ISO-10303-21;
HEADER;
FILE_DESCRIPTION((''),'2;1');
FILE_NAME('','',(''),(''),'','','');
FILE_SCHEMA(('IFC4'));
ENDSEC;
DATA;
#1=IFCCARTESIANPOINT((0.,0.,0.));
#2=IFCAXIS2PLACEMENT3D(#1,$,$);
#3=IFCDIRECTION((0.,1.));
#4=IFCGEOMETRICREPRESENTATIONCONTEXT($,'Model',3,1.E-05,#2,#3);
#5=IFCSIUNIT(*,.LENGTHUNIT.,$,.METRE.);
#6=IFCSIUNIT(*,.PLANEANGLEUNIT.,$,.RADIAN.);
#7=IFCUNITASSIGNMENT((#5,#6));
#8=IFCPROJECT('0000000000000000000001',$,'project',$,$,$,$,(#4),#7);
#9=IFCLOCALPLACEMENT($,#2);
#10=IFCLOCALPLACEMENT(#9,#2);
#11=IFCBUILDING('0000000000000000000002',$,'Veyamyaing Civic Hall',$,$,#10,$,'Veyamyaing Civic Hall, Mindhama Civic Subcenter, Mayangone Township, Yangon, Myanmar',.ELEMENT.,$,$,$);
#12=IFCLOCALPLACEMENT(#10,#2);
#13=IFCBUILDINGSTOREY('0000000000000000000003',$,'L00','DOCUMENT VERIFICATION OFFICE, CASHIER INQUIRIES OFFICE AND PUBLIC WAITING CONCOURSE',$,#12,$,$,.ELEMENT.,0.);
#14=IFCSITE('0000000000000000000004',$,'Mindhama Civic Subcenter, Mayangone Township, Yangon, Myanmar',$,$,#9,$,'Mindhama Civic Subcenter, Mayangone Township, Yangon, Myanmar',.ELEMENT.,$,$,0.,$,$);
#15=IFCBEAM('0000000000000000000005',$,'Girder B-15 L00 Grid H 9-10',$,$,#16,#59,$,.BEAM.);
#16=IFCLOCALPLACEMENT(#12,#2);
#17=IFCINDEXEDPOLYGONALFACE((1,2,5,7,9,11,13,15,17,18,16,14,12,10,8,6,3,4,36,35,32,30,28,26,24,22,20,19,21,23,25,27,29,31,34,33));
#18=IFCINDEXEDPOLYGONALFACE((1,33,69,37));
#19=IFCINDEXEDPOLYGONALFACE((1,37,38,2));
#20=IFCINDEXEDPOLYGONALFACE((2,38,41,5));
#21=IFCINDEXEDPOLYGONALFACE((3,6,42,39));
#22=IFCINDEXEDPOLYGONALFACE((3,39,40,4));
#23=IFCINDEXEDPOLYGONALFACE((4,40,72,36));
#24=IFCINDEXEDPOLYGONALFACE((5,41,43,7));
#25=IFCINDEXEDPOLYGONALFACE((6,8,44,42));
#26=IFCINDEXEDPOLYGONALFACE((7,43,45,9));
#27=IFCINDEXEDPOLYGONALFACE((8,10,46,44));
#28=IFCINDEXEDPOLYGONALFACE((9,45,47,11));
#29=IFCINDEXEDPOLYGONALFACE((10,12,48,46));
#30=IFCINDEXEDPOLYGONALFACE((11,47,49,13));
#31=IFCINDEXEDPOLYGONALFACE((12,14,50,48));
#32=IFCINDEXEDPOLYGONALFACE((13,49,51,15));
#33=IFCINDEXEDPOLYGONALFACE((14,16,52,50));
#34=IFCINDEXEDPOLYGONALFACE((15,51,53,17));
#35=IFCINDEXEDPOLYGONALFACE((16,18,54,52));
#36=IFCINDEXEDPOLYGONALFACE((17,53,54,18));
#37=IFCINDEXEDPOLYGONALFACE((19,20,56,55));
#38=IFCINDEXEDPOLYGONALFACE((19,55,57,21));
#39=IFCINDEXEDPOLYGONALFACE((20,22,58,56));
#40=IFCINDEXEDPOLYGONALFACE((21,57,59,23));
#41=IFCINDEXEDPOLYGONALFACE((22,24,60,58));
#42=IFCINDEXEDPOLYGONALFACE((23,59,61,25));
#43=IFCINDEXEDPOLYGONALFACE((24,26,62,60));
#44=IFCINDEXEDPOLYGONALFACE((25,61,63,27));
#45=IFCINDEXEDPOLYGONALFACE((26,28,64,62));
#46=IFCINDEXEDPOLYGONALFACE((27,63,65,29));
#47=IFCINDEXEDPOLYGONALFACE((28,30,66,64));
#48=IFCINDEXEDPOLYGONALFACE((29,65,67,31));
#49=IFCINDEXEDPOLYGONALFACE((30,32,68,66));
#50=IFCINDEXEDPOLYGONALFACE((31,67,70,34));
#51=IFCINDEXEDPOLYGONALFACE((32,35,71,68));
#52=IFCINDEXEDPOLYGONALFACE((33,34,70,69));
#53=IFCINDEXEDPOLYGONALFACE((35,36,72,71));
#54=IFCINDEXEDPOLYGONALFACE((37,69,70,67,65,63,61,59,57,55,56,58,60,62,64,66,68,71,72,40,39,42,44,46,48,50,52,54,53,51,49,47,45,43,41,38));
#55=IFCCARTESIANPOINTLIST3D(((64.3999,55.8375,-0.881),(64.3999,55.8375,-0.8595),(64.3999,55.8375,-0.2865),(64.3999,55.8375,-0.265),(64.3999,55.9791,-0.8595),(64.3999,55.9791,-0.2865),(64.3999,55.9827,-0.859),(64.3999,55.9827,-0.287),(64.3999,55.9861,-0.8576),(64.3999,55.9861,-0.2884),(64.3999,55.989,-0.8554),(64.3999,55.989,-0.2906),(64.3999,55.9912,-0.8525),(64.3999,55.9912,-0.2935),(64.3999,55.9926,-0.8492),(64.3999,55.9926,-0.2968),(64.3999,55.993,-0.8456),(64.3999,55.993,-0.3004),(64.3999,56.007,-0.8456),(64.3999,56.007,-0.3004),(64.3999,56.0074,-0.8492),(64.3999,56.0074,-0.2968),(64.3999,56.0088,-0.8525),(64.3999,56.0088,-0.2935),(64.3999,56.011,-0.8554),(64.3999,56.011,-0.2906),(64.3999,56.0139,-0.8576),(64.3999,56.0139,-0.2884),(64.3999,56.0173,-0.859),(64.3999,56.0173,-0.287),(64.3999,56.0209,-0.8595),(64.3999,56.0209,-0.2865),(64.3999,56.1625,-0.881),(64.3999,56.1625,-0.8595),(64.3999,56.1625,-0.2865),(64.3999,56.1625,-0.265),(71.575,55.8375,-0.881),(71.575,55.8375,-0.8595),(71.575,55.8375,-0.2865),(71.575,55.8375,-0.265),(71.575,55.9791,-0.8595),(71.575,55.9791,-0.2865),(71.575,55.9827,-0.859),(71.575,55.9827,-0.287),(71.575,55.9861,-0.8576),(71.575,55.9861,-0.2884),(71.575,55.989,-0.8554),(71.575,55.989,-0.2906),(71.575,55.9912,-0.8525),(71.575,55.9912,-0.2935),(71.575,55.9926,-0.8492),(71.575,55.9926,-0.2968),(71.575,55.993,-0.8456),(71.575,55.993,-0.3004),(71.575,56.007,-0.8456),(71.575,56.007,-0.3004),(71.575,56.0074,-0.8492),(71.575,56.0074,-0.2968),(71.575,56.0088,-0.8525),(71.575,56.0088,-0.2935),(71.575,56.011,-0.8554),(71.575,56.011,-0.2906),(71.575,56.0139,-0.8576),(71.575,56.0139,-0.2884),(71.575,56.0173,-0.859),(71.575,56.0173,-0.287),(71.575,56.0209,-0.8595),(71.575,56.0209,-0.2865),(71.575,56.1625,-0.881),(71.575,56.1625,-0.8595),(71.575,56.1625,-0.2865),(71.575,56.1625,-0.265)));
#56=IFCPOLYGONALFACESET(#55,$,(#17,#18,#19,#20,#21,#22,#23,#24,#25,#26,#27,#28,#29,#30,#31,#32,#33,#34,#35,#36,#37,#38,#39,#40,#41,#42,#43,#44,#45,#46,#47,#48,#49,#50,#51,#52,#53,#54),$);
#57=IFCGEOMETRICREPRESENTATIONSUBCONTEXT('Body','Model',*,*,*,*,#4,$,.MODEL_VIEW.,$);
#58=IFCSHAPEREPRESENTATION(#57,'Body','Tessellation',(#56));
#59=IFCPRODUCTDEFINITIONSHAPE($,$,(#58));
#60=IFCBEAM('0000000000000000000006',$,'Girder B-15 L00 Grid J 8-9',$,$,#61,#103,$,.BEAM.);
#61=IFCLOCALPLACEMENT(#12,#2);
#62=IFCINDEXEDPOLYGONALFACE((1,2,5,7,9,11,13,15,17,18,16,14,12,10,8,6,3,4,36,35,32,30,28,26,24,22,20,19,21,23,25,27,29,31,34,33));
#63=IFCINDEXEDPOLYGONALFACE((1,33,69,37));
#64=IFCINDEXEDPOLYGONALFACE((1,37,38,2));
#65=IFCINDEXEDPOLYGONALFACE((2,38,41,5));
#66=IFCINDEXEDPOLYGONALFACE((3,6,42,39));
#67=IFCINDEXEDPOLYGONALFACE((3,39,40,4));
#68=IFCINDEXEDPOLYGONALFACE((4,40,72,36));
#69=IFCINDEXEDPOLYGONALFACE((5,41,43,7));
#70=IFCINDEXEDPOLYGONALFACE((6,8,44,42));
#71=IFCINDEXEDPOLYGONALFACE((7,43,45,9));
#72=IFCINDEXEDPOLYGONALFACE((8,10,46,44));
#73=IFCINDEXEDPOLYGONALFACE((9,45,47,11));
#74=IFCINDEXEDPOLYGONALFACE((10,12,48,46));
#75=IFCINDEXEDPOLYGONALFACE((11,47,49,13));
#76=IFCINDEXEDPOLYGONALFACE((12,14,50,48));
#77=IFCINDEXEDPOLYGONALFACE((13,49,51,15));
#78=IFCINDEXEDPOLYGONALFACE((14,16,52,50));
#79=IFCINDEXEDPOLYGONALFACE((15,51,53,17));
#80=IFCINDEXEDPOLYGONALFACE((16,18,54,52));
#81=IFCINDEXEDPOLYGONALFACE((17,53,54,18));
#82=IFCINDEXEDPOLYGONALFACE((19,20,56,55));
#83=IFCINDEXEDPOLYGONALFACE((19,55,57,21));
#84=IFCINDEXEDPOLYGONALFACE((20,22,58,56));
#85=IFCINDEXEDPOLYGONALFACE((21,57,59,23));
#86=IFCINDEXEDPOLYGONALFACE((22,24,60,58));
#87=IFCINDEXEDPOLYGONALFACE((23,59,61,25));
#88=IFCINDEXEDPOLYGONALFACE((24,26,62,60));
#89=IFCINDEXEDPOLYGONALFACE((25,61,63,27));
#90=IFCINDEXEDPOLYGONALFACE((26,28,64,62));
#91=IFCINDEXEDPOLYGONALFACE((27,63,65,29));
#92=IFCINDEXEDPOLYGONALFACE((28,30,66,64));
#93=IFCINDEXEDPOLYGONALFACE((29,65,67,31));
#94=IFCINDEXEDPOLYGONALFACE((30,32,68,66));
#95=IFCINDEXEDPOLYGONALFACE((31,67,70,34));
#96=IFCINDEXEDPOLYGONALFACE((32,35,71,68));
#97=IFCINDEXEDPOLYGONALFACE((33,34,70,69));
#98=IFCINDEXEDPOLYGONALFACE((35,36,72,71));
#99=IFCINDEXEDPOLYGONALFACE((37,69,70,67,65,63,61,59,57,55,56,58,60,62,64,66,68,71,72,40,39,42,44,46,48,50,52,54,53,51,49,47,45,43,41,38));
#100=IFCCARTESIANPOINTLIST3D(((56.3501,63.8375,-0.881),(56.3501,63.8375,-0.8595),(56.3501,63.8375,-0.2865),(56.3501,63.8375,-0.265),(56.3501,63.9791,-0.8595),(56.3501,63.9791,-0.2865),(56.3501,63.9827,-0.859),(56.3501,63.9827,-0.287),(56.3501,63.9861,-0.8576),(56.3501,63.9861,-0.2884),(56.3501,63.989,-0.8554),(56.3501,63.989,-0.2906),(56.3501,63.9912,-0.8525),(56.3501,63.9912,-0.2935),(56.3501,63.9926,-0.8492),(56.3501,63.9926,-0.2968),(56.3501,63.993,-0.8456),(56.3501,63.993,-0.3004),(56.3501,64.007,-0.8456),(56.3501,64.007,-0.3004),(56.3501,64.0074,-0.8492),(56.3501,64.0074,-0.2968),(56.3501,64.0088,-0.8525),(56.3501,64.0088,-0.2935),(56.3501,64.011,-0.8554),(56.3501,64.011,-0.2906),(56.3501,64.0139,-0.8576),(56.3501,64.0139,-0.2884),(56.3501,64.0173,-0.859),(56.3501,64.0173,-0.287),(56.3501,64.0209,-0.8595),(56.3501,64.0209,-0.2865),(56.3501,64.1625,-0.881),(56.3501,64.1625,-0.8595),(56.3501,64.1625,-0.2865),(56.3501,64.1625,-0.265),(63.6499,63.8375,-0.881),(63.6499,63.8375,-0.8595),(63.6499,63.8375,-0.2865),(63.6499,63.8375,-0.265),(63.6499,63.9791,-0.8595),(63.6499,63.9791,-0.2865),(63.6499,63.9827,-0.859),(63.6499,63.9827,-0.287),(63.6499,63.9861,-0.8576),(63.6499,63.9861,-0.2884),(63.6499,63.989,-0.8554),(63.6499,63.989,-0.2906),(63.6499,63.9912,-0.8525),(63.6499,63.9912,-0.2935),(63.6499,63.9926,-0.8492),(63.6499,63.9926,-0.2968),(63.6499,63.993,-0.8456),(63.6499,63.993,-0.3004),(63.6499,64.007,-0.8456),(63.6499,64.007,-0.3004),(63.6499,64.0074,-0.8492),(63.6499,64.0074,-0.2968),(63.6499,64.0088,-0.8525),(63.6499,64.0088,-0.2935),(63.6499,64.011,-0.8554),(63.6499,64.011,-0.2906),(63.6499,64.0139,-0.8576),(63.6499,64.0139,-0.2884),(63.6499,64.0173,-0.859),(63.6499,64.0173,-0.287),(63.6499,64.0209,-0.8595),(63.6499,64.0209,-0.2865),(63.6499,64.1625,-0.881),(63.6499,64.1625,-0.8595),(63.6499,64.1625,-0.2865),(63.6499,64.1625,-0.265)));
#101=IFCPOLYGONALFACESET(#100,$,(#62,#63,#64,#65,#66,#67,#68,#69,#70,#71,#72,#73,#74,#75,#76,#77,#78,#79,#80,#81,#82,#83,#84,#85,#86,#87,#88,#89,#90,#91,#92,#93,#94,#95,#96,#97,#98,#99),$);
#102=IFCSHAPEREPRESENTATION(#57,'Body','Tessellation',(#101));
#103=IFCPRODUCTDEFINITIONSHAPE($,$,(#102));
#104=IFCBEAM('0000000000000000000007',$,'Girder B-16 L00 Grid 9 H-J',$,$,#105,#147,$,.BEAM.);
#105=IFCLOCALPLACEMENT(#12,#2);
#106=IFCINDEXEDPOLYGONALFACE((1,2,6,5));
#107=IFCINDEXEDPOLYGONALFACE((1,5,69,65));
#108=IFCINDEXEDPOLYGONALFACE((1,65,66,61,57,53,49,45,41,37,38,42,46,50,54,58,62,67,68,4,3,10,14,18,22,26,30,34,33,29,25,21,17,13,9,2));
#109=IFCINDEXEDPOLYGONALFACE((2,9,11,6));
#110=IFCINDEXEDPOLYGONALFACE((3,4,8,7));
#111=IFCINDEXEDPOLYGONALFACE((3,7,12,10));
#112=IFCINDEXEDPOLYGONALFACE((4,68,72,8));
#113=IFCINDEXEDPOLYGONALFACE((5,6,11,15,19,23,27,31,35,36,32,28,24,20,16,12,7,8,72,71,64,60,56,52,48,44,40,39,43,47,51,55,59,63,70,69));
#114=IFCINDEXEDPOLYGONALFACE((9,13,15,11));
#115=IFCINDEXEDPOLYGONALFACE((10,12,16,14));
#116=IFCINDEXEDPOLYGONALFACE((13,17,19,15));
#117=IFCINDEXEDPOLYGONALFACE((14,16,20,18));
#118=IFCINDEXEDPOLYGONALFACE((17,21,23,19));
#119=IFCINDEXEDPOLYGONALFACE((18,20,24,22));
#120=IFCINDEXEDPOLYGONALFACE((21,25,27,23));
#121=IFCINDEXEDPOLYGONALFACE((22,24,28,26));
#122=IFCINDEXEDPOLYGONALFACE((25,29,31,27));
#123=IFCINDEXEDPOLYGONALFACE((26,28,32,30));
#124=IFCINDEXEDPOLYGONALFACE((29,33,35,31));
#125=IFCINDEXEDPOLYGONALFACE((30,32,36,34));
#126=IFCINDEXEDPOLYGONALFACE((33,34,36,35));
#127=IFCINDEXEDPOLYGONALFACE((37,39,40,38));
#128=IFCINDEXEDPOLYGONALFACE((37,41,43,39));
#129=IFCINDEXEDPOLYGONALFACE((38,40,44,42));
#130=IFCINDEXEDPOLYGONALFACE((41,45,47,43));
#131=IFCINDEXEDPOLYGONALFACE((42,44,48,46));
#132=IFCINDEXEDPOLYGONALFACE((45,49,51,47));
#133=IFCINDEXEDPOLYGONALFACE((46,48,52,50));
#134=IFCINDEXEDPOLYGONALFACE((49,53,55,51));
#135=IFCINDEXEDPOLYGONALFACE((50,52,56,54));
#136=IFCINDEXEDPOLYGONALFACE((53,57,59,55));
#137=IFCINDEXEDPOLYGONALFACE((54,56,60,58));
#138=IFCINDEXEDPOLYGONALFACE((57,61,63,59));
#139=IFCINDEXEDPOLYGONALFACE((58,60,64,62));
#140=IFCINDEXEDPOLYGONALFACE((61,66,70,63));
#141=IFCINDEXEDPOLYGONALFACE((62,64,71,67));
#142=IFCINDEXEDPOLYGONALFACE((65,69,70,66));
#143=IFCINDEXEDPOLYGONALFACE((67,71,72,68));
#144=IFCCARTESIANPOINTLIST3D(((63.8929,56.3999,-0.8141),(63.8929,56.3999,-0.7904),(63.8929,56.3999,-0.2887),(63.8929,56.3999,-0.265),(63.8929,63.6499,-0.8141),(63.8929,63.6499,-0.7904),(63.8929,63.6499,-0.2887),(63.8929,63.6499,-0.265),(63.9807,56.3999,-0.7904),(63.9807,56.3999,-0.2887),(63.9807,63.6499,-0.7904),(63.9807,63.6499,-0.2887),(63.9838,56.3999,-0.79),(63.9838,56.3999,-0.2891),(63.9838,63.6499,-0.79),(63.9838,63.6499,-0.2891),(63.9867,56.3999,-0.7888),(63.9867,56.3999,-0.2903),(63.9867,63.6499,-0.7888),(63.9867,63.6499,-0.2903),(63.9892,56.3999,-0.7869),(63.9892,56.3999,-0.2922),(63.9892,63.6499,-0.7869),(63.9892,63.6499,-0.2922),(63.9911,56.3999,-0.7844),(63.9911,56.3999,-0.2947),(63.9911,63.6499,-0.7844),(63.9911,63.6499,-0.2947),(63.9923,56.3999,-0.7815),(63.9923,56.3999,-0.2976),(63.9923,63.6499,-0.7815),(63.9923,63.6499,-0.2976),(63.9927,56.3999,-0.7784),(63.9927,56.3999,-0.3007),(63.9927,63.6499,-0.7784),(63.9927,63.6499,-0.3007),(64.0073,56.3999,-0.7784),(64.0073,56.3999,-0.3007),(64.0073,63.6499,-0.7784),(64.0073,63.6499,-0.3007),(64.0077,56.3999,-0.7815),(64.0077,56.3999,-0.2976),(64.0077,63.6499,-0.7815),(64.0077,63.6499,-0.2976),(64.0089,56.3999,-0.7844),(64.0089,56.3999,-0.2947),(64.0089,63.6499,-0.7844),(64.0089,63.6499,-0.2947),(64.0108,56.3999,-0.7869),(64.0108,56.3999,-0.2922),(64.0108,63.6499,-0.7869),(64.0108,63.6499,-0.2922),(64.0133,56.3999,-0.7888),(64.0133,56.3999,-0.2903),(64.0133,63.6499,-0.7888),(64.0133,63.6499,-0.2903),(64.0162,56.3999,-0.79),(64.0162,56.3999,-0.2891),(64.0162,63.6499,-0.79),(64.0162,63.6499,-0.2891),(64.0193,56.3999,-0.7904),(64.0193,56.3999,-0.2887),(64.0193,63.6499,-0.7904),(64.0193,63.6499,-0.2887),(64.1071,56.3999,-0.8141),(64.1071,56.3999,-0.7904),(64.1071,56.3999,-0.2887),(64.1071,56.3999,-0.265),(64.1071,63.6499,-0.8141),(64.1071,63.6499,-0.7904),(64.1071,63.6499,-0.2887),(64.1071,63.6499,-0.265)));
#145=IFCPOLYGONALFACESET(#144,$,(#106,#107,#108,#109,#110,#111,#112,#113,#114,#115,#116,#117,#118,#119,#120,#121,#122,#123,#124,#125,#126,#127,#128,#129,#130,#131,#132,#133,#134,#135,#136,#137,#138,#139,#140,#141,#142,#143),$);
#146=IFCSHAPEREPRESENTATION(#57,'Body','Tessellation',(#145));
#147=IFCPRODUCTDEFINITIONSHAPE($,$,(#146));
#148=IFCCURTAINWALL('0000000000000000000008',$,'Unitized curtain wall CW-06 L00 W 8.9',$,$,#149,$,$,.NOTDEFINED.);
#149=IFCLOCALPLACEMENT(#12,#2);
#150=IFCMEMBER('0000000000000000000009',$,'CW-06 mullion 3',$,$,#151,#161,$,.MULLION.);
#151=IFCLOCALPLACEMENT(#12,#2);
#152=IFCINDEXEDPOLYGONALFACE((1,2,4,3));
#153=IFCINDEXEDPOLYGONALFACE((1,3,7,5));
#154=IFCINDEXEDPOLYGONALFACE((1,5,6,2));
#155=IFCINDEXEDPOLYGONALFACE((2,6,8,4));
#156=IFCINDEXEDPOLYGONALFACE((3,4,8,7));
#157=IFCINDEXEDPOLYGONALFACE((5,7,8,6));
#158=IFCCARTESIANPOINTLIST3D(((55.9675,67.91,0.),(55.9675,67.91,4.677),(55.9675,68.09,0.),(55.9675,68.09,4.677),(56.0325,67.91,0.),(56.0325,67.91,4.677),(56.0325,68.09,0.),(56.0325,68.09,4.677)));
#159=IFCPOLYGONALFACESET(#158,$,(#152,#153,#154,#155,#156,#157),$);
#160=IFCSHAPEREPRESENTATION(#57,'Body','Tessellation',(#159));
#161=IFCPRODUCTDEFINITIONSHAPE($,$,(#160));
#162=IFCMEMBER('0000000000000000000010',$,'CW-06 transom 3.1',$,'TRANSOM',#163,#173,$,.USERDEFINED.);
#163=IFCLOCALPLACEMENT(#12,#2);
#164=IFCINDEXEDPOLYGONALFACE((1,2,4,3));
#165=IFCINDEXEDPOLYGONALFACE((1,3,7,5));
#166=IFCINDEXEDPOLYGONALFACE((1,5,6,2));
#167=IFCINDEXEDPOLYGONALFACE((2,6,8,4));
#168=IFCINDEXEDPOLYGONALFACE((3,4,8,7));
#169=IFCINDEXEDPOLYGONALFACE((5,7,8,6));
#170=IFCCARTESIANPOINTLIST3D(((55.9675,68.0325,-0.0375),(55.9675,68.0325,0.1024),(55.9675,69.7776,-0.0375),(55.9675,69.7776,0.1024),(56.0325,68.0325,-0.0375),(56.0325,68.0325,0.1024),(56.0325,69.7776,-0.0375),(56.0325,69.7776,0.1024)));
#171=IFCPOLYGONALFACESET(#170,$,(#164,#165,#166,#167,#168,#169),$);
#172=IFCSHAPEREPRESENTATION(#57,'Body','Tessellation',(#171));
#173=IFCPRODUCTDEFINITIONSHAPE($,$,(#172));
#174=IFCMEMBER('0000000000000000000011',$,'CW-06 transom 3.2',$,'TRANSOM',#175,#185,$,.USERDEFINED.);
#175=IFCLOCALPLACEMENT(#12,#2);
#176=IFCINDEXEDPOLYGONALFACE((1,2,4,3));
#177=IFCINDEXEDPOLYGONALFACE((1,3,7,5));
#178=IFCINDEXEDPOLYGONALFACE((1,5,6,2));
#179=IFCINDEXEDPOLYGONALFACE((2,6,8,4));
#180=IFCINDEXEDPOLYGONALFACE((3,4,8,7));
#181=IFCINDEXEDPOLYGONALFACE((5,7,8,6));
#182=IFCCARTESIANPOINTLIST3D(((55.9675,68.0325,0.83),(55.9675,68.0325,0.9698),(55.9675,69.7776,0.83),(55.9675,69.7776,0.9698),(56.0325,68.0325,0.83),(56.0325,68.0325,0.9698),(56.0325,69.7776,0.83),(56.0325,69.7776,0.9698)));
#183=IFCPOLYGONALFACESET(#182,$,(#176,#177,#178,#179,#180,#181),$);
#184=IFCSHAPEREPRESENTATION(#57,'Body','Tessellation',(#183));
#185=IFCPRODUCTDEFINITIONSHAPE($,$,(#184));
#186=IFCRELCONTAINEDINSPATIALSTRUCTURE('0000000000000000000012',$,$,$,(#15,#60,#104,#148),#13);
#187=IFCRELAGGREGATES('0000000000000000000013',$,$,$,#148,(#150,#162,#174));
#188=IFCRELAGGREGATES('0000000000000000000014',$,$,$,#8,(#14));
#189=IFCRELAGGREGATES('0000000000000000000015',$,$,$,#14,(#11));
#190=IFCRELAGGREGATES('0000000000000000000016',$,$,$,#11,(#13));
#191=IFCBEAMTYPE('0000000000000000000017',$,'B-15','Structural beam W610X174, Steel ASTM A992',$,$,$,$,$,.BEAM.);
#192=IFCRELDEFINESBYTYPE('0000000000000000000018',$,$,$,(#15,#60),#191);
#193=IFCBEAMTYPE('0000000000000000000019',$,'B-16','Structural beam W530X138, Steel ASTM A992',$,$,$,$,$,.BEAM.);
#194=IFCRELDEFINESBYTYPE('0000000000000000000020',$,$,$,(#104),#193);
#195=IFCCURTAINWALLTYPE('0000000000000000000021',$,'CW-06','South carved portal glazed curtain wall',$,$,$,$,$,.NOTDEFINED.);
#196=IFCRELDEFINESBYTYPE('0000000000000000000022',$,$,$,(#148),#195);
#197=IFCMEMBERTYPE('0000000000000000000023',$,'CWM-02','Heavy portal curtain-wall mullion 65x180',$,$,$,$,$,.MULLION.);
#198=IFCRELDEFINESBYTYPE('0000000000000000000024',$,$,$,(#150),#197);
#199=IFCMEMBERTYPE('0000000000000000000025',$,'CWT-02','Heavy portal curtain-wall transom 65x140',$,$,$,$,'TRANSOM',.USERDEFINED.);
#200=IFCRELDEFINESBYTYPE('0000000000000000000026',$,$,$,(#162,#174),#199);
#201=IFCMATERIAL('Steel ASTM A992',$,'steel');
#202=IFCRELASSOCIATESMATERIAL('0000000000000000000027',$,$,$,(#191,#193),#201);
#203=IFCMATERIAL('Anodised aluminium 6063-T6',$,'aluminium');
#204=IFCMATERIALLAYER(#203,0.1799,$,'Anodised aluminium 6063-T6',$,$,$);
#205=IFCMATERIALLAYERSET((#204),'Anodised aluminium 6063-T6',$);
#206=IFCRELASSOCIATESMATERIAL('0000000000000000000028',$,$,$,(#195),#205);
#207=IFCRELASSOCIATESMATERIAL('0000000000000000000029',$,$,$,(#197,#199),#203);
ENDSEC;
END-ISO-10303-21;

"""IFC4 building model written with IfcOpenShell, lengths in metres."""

from ifc_helpers import new_model, si_unit, direction, frame, origin, origin_2d, place, context, subcontext, project, spatial, rectangle, i_section, extrude, material, layer, layer_set, material_profile, profile_set, type_object, element, aggregate, save


model = new_model("IFC4")

# Units and contexts
model_context = context("Model", 3, precision=1e-05, world=origin(), true_north=direction((0.0, 1.0)))
body_context = subcontext(model_context, "Body", "Model", "MODEL_VIEW")
ifc_project = project(units=[si_unit("LENGTHUNIT", "METRE"), si_unit("PLANEANGLEUNIT", "RADIAN")], contexts=[model_context])

# Site, building, storey
site_placement = place(None, origin())
site = spatial("IfcSite", under=ifc_project, at=site_placement, Name="Mindhama Civic Subcenter, Mayangone Township, Yangon, Myanmar", LongName="Mindhama Civic Subcenter, Mayangone Township, Yangon, Myanmar", CompositionType="ELEMENT", RefElevation=0.0)
building_placement = place(site_placement, origin())
building = spatial("IfcBuilding", under=site, at=building_placement, Name="Veyamyaing Civic Hall", LongName="Veyamyaing Civic Hall, Mindhama Civic Subcenter, Mayangone Township, Yangon, Myanmar", CompositionType="ELEMENT")
storey_placement = place(building_placement, origin())
storey = spatial("IfcBuildingStorey", under=building, at=storey_placement, Name="L00", Description="DOCUMENT VERIFICATION OFFICE, CASHIER INQUIRIES OFFICE AND PUBLIC WAITING CONCOURSE", CompositionType="ELEMENT", Elevation=0.0)

# Beams
ifc_material_1 = material(Name="Steel ASTM A992", Category="steel")
ifc_material_profile_1 = material_profile(ifc_material_1, i_section(OverallWidth=0.325, OverallDepth=0.616, WebThickness=0.0139, FlangeThickness=0.0215, FilletRadius=0.0139, at=origin_2d()), Name="W610X174")
ifc_profile_set_1 = profile_set([ifc_material_profile_1], Name="Steel ASTM A992")
beam_type_1 = type_object("IfcBeamType", Name="B-15", Description="Structural beam W610X174, Steel ASTM A992", PredefinedType="BEAM", material=ifc_profile_set_1)
beam_1_placement = place(storey_placement, frame((64.3999, 56.0, -0.573), z_axis=(1.0, 0.0, 0.0), x_axis=(0.0, 1.0, 0.0)))
element("IfcBeam", 1, at=beam_1_placement, inside=storey, type_object=beam_type_1, Name="Girder B-15 L00 Grid H 9-10", PredefinedType="BEAM", context=body_context, shape_type="SweptSolid", body=[
    extrude(i_section(OverallWidth=0.325, OverallDepth=0.616, WebThickness=0.0139, FlangeThickness=0.0215, FilletRadius=0.0139, at=origin_2d()), origin(), (0.0, 0.0, 1.0), 7.175),
])
beam_2_placement = place(storey_placement, frame((56.3501, 64.0, -0.573), z_axis=(1.0, 0.0, 0.0), x_axis=(0.0, 1.0, 0.0)))
element("IfcBeam", 2, at=beam_2_placement, inside=storey, type_object=beam_type_1, Name="Girder B-15 L00 Grid J 8-9", PredefinedType="BEAM", context=body_context, shape_type="SweptSolid", body=[
    extrude(i_section(OverallWidth=0.325, OverallDepth=0.616, WebThickness=0.0139, FlangeThickness=0.0215, FilletRadius=0.0139, at=origin_2d()), origin(), (0.0, 0.0, 1.0), 7.2998),
])
ifc_material_profile_2 = material_profile(ifc_material_1, i_section(OverallWidth=0.2141, OverallDepth=0.5491, WebThickness=0.0146, FlangeThickness=0.0237, FilletRadius=0.012, at=origin_2d()), Name="W530X138")
ifc_profile_set_2 = profile_set([ifc_material_profile_2], Name="Steel ASTM A992")
beam_type_2 = type_object("IfcBeamType", Name="B-16", Description="Structural beam W530X138, Steel ASTM A992", PredefinedType="BEAM", material=ifc_profile_set_2)
beam_3_placement = place(storey_placement, frame((64.0, 56.3999, -0.5396), z_axis=(0.0, 1.0, 0.0), x_axis=(-1.0, 0.0, 0.0)))
element("IfcBeam", 3, at=beam_3_placement, inside=storey, type_object=beam_type_2, Name="Girder B-16 L00 Grid 9 H-J", PredefinedType="BEAM", context=body_context, shape_type="SweptSolid", body=[
    extrude(i_section(OverallWidth=0.2141, OverallDepth=0.5491, WebThickness=0.0146, FlangeThickness=0.0237, FilletRadius=0.012, at=origin_2d()), origin(), (0.0, 0.0, 1.0), 7.25),
])

# Curtain wall, members
ifc_material_2 = material(Name="Anodised aluminium 6063-T6", Category="aluminium")
ifc_layer_1 = layer(ifc_material_2, 0.1799, Name="Anodised aluminium 6063-T6")
ifc_layer_set_1 = layer_set([ifc_layer_1], Name="Anodised aluminium 6063-T6")
curtain_wall_type = type_object("IfcCurtainWallType", Name="CW-06", Description="South carved portal glazed curtain wall", PredefinedType="NOTDEFINED", material=ifc_layer_set_1)
curtain_wall_placement = place(storey_placement, origin())
curtain_wall = element("IfcCurtainWall", 4, at=curtain_wall_placement, inside=storey, type_object=curtain_wall_type, Name="Unitized curtain wall CW-06 L00 W 8.9", PredefinedType="NOTDEFINED")
ifc_material_profile_3 = material_profile(ifc_material_2, rectangle(XDim=0.0649, YDim=0.1799, at=origin_2d()), Name="ALU-MUL-65X180")
ifc_profile_set_3 = profile_set([ifc_material_profile_3], Name="Anodised aluminium 6063-T6")
member_type_1 = type_object("IfcMemberType", Name="CWM-02", Description="Heavy portal curtain-wall mullion 65x180", PredefinedType="MULLION", material=ifc_profile_set_3)
member_1_placement = place(storey_placement, frame((56.0, 68.0, 0.0), z_axis=(0.0, 0.0, 1.0), x_axis=(-1.0, 0.0, 0.0)))
member_1 = element("IfcMember", 5, at=member_1_placement, type_object=member_type_1, Name="CW-06 mullion 3", PredefinedType="MULLION", context=body_context, shape_type="SweptSolid", body=[
    extrude(rectangle(XDim=0.0649, YDim=0.1799, at=origin_2d()), origin(), (0.0, 0.0, 1.0), 4.677),
])
ifc_material_profile_4 = material_profile(ifc_material_2, rectangle(XDim=0.0649, YDim=0.1399, at=origin_2d()), Name="ALU-TRN-65X140")
ifc_profile_set_4 = profile_set([ifc_material_profile_4], Name="Anodised aluminium 6063-T6")
member_type_2 = type_object("IfcMemberType", Name="CWT-02", Description="Heavy portal curtain-wall transom 65x140", ElementType="TRANSOM", PredefinedType="USERDEFINED", material=ifc_profile_set_4)
member_2_placement = place(storey_placement, frame((56.0, 68.0325, 0.0325), z_axis=(0.0, 1.0, 0.0), x_axis=(-1.0, 0.0, 0.0)))
member_2 = element("IfcMember", 6, at=member_2_placement, type_object=member_type_2, Name="CW-06 transom 3.1", ObjectType="TRANSOM", PredefinedType="USERDEFINED", context=body_context, shape_type="SweptSolid", body=[
    extrude(rectangle(XDim=0.0649, YDim=0.1399, at=origin_2d()), origin(), (0.0, 0.0, 1.0), 1.7451),
])
member_3_placement = place(storey_placement, frame((56.0, 68.0325, 0.8999), z_axis=(0.0, 1.0, 0.0), x_axis=(-1.0, 0.0, 0.0)))
member_3 = element("IfcMember", 7, at=member_3_placement, type_object=member_type_2, Name="CW-06 transom 3.2", ObjectType="TRANSOM", PredefinedType="USERDEFINED", context=body_context, shape_type="SweptSolid", body=[
    extrude(rectangle(XDim=0.0649, YDim=0.1399, at=origin_2d()), origin(), (0.0, 0.0, 1.0), 1.7451),
])

aggregate(curtain_wall, [member_1, member_2, member_3])

save(model, "model.ifc")
